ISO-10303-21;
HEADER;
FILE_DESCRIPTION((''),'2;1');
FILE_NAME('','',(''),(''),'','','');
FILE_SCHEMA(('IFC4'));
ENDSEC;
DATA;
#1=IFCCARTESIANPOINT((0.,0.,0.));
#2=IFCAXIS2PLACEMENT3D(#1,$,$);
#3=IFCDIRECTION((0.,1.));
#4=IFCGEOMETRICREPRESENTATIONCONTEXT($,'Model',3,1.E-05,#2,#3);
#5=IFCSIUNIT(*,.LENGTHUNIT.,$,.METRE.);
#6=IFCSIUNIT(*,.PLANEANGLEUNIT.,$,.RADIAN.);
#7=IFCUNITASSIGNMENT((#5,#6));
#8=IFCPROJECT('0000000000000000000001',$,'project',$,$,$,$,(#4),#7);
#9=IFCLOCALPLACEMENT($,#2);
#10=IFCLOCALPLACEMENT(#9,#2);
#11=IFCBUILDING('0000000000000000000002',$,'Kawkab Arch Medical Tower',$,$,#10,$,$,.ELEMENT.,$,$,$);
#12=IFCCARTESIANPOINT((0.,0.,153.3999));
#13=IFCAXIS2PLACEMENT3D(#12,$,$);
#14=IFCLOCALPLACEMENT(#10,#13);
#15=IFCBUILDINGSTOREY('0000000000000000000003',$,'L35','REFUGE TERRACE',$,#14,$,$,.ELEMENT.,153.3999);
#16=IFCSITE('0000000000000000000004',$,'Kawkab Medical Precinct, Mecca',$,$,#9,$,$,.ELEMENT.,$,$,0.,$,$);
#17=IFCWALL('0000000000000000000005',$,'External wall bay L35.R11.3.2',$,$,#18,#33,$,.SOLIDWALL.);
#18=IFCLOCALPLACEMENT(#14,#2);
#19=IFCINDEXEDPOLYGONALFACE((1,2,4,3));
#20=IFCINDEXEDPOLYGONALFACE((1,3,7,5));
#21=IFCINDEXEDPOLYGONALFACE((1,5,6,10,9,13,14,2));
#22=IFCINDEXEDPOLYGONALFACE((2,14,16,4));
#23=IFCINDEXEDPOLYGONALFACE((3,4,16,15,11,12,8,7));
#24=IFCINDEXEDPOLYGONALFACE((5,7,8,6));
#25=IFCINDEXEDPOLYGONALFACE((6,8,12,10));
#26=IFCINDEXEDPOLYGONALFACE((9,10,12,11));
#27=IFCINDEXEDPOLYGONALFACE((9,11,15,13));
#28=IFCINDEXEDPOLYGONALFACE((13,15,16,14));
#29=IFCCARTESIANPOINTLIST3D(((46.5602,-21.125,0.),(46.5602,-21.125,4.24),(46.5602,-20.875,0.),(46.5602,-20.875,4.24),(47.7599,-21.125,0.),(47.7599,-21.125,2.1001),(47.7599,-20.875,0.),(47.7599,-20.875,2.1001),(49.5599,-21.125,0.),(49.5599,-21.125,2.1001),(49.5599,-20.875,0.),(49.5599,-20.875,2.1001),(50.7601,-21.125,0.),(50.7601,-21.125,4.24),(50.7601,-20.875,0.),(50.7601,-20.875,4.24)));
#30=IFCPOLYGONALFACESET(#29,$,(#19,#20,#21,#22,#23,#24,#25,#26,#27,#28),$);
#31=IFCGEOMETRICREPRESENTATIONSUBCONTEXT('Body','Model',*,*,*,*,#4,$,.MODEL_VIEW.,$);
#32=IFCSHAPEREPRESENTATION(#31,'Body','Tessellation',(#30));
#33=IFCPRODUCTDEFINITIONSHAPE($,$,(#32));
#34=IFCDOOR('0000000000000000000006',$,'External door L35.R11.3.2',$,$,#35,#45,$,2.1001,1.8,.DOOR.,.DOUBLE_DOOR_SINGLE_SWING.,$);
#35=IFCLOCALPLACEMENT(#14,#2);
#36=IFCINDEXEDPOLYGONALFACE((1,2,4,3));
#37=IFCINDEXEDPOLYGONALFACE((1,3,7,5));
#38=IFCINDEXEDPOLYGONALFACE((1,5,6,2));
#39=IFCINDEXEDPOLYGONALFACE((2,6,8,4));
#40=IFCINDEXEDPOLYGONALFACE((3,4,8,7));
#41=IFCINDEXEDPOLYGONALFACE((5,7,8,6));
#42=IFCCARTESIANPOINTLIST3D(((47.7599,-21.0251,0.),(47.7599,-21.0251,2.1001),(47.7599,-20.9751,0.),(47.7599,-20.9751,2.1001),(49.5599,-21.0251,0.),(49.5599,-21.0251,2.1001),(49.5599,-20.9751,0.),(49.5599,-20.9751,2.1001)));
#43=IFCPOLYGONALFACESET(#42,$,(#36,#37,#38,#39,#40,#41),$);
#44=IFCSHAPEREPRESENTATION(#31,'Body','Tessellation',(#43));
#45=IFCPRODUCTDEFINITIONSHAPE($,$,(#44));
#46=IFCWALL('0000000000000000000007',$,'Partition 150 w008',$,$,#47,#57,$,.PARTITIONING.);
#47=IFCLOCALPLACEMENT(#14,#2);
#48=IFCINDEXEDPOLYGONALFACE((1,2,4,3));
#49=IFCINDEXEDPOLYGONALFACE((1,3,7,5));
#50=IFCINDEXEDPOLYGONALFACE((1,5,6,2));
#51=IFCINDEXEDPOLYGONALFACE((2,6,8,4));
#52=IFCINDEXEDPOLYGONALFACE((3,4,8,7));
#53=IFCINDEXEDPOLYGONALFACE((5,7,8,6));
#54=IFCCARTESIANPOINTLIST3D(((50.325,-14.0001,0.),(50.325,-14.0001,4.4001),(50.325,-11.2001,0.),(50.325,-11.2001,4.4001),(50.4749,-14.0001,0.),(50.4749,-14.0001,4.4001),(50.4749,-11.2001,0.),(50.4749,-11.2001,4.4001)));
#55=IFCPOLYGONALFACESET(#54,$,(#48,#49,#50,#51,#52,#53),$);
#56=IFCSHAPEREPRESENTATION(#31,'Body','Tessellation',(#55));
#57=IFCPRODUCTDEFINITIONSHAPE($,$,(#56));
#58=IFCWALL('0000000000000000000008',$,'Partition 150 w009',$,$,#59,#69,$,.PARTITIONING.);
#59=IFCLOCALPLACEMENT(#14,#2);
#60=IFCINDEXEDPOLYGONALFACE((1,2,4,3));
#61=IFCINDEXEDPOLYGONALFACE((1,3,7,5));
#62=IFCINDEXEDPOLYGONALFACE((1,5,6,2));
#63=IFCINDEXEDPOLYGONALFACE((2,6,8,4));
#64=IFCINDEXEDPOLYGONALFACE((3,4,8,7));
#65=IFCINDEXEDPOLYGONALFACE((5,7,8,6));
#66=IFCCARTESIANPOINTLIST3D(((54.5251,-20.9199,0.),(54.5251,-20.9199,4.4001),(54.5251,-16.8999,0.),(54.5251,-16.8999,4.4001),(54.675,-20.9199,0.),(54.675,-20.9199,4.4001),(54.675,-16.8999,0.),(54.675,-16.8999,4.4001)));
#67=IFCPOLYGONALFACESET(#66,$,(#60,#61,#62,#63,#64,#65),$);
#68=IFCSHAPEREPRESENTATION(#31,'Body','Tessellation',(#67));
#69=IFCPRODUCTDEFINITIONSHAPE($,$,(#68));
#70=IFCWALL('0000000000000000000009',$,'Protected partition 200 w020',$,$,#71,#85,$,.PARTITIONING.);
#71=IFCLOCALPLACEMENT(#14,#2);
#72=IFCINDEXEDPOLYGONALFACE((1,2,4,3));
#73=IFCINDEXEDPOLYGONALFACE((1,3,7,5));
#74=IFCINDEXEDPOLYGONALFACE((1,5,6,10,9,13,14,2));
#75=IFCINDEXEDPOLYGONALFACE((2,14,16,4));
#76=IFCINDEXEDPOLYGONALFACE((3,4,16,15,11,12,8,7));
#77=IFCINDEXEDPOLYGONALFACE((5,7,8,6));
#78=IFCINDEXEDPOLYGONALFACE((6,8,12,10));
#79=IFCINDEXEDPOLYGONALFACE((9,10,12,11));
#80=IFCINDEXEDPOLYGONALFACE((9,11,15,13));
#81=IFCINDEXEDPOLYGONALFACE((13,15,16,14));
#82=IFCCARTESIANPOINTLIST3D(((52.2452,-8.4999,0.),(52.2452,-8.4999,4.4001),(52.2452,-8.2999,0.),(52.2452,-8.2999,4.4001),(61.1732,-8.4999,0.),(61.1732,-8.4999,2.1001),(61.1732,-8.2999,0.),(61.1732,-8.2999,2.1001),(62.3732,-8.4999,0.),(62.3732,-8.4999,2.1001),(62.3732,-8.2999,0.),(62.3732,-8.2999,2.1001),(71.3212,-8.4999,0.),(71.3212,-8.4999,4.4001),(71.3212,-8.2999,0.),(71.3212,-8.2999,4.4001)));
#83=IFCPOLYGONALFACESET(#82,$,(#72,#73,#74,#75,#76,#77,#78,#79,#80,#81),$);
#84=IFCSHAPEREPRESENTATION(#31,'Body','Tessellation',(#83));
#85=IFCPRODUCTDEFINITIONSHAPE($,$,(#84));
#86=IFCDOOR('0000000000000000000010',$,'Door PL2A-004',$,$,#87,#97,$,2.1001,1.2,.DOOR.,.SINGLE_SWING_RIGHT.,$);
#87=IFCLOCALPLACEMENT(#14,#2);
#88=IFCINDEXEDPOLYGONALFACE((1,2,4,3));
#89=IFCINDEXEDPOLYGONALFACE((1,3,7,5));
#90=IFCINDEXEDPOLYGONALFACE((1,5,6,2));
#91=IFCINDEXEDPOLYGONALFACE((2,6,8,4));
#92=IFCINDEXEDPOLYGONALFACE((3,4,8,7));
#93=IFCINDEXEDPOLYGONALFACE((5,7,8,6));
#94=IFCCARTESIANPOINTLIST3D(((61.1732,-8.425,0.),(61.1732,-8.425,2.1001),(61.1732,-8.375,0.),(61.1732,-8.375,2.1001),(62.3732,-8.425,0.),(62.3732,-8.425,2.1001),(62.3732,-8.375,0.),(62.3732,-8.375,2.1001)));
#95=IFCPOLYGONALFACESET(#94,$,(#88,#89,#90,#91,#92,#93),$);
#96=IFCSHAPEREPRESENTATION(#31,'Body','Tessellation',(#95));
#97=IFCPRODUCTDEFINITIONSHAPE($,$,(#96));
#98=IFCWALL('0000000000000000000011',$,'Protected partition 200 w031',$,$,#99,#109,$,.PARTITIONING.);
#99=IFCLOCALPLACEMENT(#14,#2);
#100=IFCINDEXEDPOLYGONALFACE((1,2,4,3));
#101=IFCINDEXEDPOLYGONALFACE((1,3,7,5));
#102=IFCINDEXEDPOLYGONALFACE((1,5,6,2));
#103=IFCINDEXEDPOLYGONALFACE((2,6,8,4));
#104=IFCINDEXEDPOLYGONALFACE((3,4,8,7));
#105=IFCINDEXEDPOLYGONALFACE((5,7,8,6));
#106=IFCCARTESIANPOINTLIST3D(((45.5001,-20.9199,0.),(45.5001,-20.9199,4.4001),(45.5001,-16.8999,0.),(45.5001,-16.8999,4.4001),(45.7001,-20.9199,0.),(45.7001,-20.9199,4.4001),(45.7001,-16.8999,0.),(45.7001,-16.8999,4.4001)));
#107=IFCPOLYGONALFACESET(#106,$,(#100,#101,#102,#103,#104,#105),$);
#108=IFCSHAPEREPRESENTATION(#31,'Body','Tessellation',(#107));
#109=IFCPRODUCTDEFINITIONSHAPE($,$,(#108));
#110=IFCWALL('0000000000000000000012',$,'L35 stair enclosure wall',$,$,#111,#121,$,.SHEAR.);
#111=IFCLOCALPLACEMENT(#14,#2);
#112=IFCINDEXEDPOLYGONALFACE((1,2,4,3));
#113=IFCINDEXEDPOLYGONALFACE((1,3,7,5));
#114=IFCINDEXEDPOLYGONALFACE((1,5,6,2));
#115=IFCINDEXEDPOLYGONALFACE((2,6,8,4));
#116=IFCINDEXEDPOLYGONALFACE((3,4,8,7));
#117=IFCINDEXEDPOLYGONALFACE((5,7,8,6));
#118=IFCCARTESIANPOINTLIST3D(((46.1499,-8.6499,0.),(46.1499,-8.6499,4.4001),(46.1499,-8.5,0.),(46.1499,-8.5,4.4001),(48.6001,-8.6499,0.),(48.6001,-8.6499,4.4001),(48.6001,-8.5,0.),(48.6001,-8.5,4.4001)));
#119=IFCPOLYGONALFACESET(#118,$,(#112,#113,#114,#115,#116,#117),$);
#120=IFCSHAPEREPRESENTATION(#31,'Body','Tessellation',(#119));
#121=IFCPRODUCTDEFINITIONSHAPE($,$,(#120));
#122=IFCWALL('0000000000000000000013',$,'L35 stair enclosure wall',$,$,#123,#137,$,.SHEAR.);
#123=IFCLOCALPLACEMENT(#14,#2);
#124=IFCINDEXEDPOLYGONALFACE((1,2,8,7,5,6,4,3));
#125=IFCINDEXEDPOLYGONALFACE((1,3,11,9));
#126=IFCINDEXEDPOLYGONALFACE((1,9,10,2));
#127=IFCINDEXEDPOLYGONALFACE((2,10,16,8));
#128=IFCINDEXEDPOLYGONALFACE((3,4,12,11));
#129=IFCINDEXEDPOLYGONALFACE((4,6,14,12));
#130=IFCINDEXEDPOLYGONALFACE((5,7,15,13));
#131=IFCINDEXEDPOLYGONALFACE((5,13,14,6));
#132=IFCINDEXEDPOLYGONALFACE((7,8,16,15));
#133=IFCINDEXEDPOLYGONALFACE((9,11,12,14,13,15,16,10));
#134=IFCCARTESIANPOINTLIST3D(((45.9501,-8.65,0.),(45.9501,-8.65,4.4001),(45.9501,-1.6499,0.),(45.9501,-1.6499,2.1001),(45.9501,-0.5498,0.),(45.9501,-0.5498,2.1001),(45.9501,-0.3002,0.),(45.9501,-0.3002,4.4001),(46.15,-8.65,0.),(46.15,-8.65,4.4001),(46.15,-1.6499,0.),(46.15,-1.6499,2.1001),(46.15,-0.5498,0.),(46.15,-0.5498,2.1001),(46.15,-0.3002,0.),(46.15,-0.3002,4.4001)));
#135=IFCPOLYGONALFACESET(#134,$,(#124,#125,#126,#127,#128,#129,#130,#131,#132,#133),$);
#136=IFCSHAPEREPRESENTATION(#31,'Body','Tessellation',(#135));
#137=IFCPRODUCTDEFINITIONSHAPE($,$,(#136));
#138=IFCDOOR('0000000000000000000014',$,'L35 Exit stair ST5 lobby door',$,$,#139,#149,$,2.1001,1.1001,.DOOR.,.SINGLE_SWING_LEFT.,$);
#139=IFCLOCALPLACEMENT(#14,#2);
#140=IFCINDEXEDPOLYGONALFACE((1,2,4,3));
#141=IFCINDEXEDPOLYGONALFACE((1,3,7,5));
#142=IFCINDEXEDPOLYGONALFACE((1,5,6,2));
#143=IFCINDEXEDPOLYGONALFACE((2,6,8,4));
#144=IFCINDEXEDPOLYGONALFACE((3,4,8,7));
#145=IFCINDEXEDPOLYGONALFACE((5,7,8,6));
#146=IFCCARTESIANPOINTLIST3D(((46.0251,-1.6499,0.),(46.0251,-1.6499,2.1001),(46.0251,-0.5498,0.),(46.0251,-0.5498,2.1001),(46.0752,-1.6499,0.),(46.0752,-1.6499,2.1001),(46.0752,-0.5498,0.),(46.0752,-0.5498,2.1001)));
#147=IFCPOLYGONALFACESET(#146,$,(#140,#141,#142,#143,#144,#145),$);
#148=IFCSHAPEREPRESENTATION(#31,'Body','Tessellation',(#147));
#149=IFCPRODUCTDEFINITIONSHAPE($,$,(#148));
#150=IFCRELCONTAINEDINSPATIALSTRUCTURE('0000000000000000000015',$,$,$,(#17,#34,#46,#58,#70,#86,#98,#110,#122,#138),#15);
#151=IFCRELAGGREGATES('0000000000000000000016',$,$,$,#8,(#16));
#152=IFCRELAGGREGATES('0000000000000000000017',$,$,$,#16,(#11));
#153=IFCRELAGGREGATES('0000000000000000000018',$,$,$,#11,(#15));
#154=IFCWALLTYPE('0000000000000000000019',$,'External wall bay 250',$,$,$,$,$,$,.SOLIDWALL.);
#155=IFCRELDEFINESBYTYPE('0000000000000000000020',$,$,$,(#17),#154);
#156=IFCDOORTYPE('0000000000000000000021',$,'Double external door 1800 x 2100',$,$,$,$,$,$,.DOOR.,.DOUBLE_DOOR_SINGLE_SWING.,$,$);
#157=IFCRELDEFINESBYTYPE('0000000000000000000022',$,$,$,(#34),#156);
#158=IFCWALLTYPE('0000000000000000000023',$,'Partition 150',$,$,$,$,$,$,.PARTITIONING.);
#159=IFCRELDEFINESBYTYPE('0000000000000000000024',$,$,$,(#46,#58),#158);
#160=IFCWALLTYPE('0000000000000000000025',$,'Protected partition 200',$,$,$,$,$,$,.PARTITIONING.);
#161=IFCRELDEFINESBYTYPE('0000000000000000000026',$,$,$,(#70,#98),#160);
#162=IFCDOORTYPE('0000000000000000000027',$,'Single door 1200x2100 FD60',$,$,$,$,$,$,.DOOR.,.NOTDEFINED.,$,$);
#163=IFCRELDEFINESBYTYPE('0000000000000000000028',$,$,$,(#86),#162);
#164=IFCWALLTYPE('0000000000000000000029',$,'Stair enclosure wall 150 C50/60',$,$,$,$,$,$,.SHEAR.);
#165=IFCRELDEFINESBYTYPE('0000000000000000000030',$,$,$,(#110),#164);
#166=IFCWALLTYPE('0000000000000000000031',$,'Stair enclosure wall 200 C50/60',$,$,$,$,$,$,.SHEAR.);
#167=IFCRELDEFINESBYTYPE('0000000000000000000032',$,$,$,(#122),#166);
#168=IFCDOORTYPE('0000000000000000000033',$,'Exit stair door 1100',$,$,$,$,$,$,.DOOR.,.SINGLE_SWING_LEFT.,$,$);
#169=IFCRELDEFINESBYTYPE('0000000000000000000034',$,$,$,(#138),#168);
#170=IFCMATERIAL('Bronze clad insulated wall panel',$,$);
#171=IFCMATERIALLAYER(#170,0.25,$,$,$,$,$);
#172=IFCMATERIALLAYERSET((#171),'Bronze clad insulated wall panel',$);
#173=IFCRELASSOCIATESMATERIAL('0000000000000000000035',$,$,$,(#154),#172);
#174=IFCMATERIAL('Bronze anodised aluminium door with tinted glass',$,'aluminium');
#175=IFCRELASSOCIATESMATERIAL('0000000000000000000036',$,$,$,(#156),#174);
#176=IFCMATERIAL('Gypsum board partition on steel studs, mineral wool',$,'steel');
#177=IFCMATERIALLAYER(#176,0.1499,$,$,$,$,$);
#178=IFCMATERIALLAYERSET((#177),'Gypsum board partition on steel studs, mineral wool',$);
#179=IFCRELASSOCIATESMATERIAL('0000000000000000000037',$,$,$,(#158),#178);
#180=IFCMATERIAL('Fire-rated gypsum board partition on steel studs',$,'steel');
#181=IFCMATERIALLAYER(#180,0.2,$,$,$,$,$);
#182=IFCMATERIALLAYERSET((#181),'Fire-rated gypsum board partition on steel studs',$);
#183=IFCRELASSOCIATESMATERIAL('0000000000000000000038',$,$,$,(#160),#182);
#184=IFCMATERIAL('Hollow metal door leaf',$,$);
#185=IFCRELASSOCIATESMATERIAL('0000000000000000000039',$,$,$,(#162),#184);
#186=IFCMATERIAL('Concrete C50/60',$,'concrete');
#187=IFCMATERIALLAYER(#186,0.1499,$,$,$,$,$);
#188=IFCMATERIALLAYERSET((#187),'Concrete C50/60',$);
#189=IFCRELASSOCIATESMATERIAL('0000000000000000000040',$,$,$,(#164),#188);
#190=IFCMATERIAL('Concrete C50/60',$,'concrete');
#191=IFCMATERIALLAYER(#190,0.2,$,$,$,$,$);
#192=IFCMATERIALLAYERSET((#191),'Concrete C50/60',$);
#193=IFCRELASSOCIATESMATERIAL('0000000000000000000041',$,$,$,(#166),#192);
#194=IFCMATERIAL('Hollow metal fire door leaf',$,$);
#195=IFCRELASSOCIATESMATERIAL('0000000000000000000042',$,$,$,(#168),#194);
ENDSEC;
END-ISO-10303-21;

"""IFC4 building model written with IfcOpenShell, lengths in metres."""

from ifc_helpers import new_model, si_unit, direction, frame, frame_2d, origin, place, context, subcontext, project, spatial, rectangle, extrude, material, layer, layer_set, type_object, element, fill, save


model = new_model("IFC4")

# Units and contexts
model_context = context("Model", 3, precision=1e-05, world=origin(), true_north=direction((0.0, 1.0)))
body_context = subcontext(model_context, "Body", "Model", "MODEL_VIEW")
ifc_project = project(units=[si_unit("LENGTHUNIT", "METRE"), si_unit("PLANEANGLEUNIT", "RADIAN")], contexts=[model_context])

# Site, building, storey
site_placement = place(None, origin())
site = spatial("IfcSite", under=ifc_project, at=site_placement, Name="Kawkab Medical Precinct, Mecca", CompositionType="ELEMENT", RefElevation=0.0)
building_placement = place(site_placement, origin())
building = spatial("IfcBuilding", under=site, at=building_placement, Name="Kawkab Arch Medical Tower", CompositionType="ELEMENT")
storey_placement = place(building_placement, frame((0.0, 0.0, 153.3999)))
storey = spatial("IfcBuildingStorey", under=building, at=storey_placement, Name="L35", Description="REFUGE TERRACE", CompositionType="ELEMENT", Elevation=153.3999)

# Wall, opening, door
ifc_material_1 = material(Name="Bronze clad insulated wall panel")
ifc_layer_1 = layer(ifc_material_1, 0.25)
ifc_layer_set_1 = layer_set([ifc_layer_1], Name="Bronze clad insulated wall panel")
wall_type_1 = type_object("IfcWallType", Name="External wall bay 250", PredefinedType="SOLIDWALL", material=ifc_layer_set_1)
wall_1_placement = place(storey_placement, frame((46.5601, -21.0, 0.0), z_axis=(0.0, 0.0, 1.0), x_axis=(1.0, 0.0, 0.0)))
wall_1 = element("IfcWall", 1, at=wall_1_placement, inside=storey, type_object=wall_type_1, Name="External wall bay L35.R11.3.2", PredefinedType="SOLIDWALL", context=body_context, shape_type="SweptSolid", body=[
    extrude(rectangle(XDim=4.2, YDim=0.25, at=frame_2d((2.1001, 0.0))), origin(), (0.0, 0.0, 1.0), 4.24),
])
opening_1_placement = place(wall_1_placement, frame((1.2, 0.0, 0.0)))
opening_1 = element("IfcOpeningElement", 2, at=opening_1_placement, cuts=wall_1, PredefinedType="OPENING", context=body_context, shape_type="SweptSolid", body=[
    extrude(rectangle(XDim=1.8, YDim=2.1001, at=frame_2d((0.8999, 1.05))), frame((0.0, 0.135, 0.0), z_axis=(0.0, -1.0, 0.0), x_axis=(1.0, 0.0, 0.0)), (0.0, 0.0, 1.0), 0.27),
])
ifc_material_2 = material(Name="Bronze anodised aluminium door with tinted glass", Category="aluminium")
door_type_1 = type_object("IfcDoorType", Name="Double external door 1800 x 2100", OperationType="DOUBLE_DOOR_SINGLE_SWING", PredefinedType="DOOR", material=ifc_material_2)
door_1_placement = place(opening_1_placement, origin())
door_1 = element("IfcDoor", 3, at=door_1_placement, inside=storey, type_object=door_type_1, Name="External door L35.R11.3.2", OperationType="DOUBLE_DOOR_SINGLE_SWING", OverallHeight=2.1001, OverallWidth=1.8, PredefinedType="DOOR", context=body_context, shape_type="SweptSolid", body=[
    extrude(rectangle(XDim=1.8, YDim=2.1001, at=frame_2d((0.8999, 1.05))), frame((0.0, 0.0249, 0.0), z_axis=(0.0, -1.0, 0.0), x_axis=(1.0, 0.0, 0.0)), (0.0, 0.0, 1.0), 0.05),
])
fill(opening_1, door_1)

# Walls
ifc_material_3 = material(Name="Gypsum board partition on steel studs, mineral wool", Category="steel")
ifc_layer_2 = layer(ifc_material_3, 0.1499)
ifc_layer_set_2 = layer_set([ifc_layer_2], Name="Gypsum board partition on steel studs, mineral wool")
wall_type_2 = type_object("IfcWallType", Name="Partition 150", PredefinedType="PARTITIONING", material=ifc_layer_set_2)
wall_2_placement = place(storey_placement, frame((50.3999, -14.0, 0.0), z_axis=(0.0, 0.0, 1.0), x_axis=(0.0, 1.0, 0.0)))
element("IfcWall", 4, at=wall_2_placement, inside=storey, type_object=wall_type_2, Name="Partition 150 w008", PredefinedType="PARTITIONING", context=body_context, shape_type="SweptSolid", body=[
    extrude(rectangle(XDim=2.8, YDim=0.1499, at=frame_2d((1.3999, 0.0))), origin(), (0.0, 0.0, 1.0), 4.4001),
])
wall_3_placement = place(storey_placement, frame((54.6001, -20.9199, 0.0), z_axis=(0.0, 0.0, 1.0), x_axis=(0.0, 1.0, 0.0)))
element("IfcWall", 5, at=wall_3_placement, inside=storey, type_object=wall_type_2, Name="Partition 150 w009", PredefinedType="PARTITIONING", context=body_context, shape_type="SweptSolid", body=[
    extrude(rectangle(XDim=4.02, YDim=0.1499, at=frame_2d((2.01, 0.0))), origin(), (0.0, 0.0, 1.0), 4.4001),
])

# Wall, opening, door
ifc_material_4 = material(Name="Fire-rated gypsum board partition on steel studs", Category="steel")
ifc_layer_3 = layer(ifc_material_4, 0.2)
ifc_layer_set_3 = layer_set([ifc_layer_3], Name="Fire-rated gypsum board partition on steel studs")
wall_type_3 = type_object("IfcWallType", Name="Protected partition 200", PredefinedType="PARTITIONING", material=ifc_layer_set_3)
wall_4_placement = place(storey_placement, frame((52.2451, -8.3999, 0.0), z_axis=(0.0, 0.0, 1.0), x_axis=(1.0, 0.0, 0.0)))
wall_4 = element("IfcWall", 6, at=wall_4_placement, inside=storey, type_object=wall_type_3, Name="Protected partition 200 w020", PredefinedType="PARTITIONING", context=body_context, shape_type="SweptSolid", body=[
    extrude(rectangle(XDim=19.0759, YDim=0.2, at=frame_2d((9.5381, 0.0))), origin(), (0.0, 0.0, 1.0), 4.4001),
])
opening_2_placement = place(wall_4_placement, frame((8.928, 0.0, 0.0)))
opening_2 = element("IfcOpeningElement", 7, at=opening_2_placement, cuts=wall_4, PredefinedType="OPENING", context=body_context, shape_type="SweptSolid", body=[
    extrude(rectangle(XDim=1.2, YDim=2.1001, at=frame_2d((0.6001, 1.05))), frame((0.0, 0.1099, 0.0), z_axis=(0.0, -1.0, 0.0), x_axis=(1.0, 0.0, 0.0)), (0.0, 0.0, 1.0), 0.22),
])
ifc_material_5 = material(Name="Hollow metal door leaf")
door_type_2 = type_object("IfcDoorType", Name="Single door 1200x2100 FD60", OperationType="NOTDEFINED", PredefinedType="DOOR", material=ifc_material_5)
door_2_placement = place(opening_2_placement, origin())
door_2 = element("IfcDoor", 8, at=door_2_placement, inside=storey, type_object=door_type_2, Name="Door PL2A-004", OperationType="SINGLE_SWING_RIGHT", OverallHeight=2.1001, OverallWidth=1.2, PredefinedType="DOOR", context=body_context, shape_type="SweptSolid", body=[
    extrude(rectangle(XDim=1.2, YDim=2.1001, at=frame_2d((0.6001, 1.05))), frame((0.0, 0.0249, 0.0), z_axis=(0.0, -1.0, 0.0), x_axis=(1.0, 0.0, 0.0)), (0.0, 0.0, 1.0), 0.05),
])
fill(opening_2, door_2)

# Walls
wall_5_placement = place(storey_placement, frame((45.6001, -20.9199, 0.0), z_axis=(0.0, 0.0, 1.0), x_axis=(0.0, 1.0, 0.0)))
element("IfcWall", 9, at=wall_5_placement, inside=storey, type_object=wall_type_3, Name="Protected partition 200 w031", PredefinedType="PARTITIONING", context=body_context, shape_type="SweptSolid", body=[
    extrude(rectangle(XDim=4.02, YDim=0.2, at=frame_2d((2.01, 0.0))), origin(), (0.0, 0.0, 1.0), 4.4001),
])
ifc_material_6 = material(Name="Concrete C50/60", Category="concrete")
ifc_layer_4 = layer(ifc_material_6, 0.1499)
ifc_layer_set_4 = layer_set([ifc_layer_4], Name="Concrete C50/60")
wall_type_4 = type_object("IfcWallType", Name="Stair enclosure wall 150 C50/60", PredefinedType="SHEAR", material=ifc_layer_set_4)
wall_6_placement = place(storey_placement, frame((46.1499, -8.575, 0.0), z_axis=(0.0, 0.0, 1.0), x_axis=(1.0, 0.0, 0.0)))
element("IfcWall", 10, at=wall_6_placement, inside=storey, type_object=wall_type_4, Name="L35 stair enclosure wall", PredefinedType="SHEAR", context=body_context, shape_type="SweptSolid", body=[
    extrude(rectangle(XDim=2.4502, YDim=0.1499, at=frame_2d((1.2251, 0.0))), origin(), (0.0, 0.0, 1.0), 4.4001),
])

# Wall, opening, door
ifc_material_7 = material(Name="Concrete C50/60", Category="concrete")
ifc_layer_5 = layer(ifc_material_7, 0.2)
ifc_layer_set_5 = layer_set([ifc_layer_5], Name="Concrete C50/60")
wall_type_5 = type_object("IfcWallType", Name="Stair enclosure wall 200 C50/60", PredefinedType="SHEAR", material=ifc_layer_set_5)
wall_7_placement = place(storey_placement, frame((46.05, -8.6499, 0.0), z_axis=(0.0, 0.0, 1.0), x_axis=(0.0, 1.0, 0.0)))
wall_7 = element("IfcWall", 11, at=wall_7_placement, inside=storey, type_object=wall_type_5, Name="L35 stair enclosure wall", PredefinedType="SHEAR", context=body_context, shape_type="SweptSolid", body=[
    extrude(rectangle(XDim=8.3499, YDim=0.2, at=frame_2d((4.1748, 0.0))), origin(), (0.0, 0.0, 1.0), 4.4001),
])
opening_3_placement = place(wall_7_placement, frame((7.0, 0.0, 0.0)))
opening_3 = element("IfcOpeningElement", 12, at=opening_3_placement, cuts=wall_7, PredefinedType="OPENING", context=body_context, shape_type="SweptSolid", body=[
    extrude(rectangle(XDim=1.1001, YDim=2.1001, at=frame_2d((0.55, 1.05))), frame((0.0, 0.1099, 0.0), z_axis=(0.0, -1.0, 0.0), x_axis=(1.0, 0.0, 0.0)), (0.0, 0.0, 1.0), 0.22),
])
ifc_material_8 = material(Name="Hollow metal fire door leaf")
door_type_3 = type_object("IfcDoorType", Name="Exit stair door 1100", OperationType="SINGLE_SWING_LEFT", PredefinedType="DOOR", material=ifc_material_8)
door_3_placement = place(opening_3_placement, origin())
door_3 = element("IfcDoor", 13, at=door_3_placement, inside=storey, type_object=door_type_3, Name="L35 Exit stair ST5 lobby door", OperationType="SINGLE_SWING_LEFT", OverallHeight=2.1001, OverallWidth=1.1001, PredefinedType="DOOR", context=body_context, shape_type="SweptSolid", body=[
    extrude(rectangle(XDim=1.1001, YDim=2.1001, at=frame_2d((0.55, 1.05))), frame((0.0, 0.0249, 0.0), z_axis=(0.0, -1.0, 0.0), x_axis=(1.0, 0.0, 0.0)), (0.0, 0.0, 1.0), 0.05),
])
fill(opening_3, door_3)

save(model, "model.ifc")
